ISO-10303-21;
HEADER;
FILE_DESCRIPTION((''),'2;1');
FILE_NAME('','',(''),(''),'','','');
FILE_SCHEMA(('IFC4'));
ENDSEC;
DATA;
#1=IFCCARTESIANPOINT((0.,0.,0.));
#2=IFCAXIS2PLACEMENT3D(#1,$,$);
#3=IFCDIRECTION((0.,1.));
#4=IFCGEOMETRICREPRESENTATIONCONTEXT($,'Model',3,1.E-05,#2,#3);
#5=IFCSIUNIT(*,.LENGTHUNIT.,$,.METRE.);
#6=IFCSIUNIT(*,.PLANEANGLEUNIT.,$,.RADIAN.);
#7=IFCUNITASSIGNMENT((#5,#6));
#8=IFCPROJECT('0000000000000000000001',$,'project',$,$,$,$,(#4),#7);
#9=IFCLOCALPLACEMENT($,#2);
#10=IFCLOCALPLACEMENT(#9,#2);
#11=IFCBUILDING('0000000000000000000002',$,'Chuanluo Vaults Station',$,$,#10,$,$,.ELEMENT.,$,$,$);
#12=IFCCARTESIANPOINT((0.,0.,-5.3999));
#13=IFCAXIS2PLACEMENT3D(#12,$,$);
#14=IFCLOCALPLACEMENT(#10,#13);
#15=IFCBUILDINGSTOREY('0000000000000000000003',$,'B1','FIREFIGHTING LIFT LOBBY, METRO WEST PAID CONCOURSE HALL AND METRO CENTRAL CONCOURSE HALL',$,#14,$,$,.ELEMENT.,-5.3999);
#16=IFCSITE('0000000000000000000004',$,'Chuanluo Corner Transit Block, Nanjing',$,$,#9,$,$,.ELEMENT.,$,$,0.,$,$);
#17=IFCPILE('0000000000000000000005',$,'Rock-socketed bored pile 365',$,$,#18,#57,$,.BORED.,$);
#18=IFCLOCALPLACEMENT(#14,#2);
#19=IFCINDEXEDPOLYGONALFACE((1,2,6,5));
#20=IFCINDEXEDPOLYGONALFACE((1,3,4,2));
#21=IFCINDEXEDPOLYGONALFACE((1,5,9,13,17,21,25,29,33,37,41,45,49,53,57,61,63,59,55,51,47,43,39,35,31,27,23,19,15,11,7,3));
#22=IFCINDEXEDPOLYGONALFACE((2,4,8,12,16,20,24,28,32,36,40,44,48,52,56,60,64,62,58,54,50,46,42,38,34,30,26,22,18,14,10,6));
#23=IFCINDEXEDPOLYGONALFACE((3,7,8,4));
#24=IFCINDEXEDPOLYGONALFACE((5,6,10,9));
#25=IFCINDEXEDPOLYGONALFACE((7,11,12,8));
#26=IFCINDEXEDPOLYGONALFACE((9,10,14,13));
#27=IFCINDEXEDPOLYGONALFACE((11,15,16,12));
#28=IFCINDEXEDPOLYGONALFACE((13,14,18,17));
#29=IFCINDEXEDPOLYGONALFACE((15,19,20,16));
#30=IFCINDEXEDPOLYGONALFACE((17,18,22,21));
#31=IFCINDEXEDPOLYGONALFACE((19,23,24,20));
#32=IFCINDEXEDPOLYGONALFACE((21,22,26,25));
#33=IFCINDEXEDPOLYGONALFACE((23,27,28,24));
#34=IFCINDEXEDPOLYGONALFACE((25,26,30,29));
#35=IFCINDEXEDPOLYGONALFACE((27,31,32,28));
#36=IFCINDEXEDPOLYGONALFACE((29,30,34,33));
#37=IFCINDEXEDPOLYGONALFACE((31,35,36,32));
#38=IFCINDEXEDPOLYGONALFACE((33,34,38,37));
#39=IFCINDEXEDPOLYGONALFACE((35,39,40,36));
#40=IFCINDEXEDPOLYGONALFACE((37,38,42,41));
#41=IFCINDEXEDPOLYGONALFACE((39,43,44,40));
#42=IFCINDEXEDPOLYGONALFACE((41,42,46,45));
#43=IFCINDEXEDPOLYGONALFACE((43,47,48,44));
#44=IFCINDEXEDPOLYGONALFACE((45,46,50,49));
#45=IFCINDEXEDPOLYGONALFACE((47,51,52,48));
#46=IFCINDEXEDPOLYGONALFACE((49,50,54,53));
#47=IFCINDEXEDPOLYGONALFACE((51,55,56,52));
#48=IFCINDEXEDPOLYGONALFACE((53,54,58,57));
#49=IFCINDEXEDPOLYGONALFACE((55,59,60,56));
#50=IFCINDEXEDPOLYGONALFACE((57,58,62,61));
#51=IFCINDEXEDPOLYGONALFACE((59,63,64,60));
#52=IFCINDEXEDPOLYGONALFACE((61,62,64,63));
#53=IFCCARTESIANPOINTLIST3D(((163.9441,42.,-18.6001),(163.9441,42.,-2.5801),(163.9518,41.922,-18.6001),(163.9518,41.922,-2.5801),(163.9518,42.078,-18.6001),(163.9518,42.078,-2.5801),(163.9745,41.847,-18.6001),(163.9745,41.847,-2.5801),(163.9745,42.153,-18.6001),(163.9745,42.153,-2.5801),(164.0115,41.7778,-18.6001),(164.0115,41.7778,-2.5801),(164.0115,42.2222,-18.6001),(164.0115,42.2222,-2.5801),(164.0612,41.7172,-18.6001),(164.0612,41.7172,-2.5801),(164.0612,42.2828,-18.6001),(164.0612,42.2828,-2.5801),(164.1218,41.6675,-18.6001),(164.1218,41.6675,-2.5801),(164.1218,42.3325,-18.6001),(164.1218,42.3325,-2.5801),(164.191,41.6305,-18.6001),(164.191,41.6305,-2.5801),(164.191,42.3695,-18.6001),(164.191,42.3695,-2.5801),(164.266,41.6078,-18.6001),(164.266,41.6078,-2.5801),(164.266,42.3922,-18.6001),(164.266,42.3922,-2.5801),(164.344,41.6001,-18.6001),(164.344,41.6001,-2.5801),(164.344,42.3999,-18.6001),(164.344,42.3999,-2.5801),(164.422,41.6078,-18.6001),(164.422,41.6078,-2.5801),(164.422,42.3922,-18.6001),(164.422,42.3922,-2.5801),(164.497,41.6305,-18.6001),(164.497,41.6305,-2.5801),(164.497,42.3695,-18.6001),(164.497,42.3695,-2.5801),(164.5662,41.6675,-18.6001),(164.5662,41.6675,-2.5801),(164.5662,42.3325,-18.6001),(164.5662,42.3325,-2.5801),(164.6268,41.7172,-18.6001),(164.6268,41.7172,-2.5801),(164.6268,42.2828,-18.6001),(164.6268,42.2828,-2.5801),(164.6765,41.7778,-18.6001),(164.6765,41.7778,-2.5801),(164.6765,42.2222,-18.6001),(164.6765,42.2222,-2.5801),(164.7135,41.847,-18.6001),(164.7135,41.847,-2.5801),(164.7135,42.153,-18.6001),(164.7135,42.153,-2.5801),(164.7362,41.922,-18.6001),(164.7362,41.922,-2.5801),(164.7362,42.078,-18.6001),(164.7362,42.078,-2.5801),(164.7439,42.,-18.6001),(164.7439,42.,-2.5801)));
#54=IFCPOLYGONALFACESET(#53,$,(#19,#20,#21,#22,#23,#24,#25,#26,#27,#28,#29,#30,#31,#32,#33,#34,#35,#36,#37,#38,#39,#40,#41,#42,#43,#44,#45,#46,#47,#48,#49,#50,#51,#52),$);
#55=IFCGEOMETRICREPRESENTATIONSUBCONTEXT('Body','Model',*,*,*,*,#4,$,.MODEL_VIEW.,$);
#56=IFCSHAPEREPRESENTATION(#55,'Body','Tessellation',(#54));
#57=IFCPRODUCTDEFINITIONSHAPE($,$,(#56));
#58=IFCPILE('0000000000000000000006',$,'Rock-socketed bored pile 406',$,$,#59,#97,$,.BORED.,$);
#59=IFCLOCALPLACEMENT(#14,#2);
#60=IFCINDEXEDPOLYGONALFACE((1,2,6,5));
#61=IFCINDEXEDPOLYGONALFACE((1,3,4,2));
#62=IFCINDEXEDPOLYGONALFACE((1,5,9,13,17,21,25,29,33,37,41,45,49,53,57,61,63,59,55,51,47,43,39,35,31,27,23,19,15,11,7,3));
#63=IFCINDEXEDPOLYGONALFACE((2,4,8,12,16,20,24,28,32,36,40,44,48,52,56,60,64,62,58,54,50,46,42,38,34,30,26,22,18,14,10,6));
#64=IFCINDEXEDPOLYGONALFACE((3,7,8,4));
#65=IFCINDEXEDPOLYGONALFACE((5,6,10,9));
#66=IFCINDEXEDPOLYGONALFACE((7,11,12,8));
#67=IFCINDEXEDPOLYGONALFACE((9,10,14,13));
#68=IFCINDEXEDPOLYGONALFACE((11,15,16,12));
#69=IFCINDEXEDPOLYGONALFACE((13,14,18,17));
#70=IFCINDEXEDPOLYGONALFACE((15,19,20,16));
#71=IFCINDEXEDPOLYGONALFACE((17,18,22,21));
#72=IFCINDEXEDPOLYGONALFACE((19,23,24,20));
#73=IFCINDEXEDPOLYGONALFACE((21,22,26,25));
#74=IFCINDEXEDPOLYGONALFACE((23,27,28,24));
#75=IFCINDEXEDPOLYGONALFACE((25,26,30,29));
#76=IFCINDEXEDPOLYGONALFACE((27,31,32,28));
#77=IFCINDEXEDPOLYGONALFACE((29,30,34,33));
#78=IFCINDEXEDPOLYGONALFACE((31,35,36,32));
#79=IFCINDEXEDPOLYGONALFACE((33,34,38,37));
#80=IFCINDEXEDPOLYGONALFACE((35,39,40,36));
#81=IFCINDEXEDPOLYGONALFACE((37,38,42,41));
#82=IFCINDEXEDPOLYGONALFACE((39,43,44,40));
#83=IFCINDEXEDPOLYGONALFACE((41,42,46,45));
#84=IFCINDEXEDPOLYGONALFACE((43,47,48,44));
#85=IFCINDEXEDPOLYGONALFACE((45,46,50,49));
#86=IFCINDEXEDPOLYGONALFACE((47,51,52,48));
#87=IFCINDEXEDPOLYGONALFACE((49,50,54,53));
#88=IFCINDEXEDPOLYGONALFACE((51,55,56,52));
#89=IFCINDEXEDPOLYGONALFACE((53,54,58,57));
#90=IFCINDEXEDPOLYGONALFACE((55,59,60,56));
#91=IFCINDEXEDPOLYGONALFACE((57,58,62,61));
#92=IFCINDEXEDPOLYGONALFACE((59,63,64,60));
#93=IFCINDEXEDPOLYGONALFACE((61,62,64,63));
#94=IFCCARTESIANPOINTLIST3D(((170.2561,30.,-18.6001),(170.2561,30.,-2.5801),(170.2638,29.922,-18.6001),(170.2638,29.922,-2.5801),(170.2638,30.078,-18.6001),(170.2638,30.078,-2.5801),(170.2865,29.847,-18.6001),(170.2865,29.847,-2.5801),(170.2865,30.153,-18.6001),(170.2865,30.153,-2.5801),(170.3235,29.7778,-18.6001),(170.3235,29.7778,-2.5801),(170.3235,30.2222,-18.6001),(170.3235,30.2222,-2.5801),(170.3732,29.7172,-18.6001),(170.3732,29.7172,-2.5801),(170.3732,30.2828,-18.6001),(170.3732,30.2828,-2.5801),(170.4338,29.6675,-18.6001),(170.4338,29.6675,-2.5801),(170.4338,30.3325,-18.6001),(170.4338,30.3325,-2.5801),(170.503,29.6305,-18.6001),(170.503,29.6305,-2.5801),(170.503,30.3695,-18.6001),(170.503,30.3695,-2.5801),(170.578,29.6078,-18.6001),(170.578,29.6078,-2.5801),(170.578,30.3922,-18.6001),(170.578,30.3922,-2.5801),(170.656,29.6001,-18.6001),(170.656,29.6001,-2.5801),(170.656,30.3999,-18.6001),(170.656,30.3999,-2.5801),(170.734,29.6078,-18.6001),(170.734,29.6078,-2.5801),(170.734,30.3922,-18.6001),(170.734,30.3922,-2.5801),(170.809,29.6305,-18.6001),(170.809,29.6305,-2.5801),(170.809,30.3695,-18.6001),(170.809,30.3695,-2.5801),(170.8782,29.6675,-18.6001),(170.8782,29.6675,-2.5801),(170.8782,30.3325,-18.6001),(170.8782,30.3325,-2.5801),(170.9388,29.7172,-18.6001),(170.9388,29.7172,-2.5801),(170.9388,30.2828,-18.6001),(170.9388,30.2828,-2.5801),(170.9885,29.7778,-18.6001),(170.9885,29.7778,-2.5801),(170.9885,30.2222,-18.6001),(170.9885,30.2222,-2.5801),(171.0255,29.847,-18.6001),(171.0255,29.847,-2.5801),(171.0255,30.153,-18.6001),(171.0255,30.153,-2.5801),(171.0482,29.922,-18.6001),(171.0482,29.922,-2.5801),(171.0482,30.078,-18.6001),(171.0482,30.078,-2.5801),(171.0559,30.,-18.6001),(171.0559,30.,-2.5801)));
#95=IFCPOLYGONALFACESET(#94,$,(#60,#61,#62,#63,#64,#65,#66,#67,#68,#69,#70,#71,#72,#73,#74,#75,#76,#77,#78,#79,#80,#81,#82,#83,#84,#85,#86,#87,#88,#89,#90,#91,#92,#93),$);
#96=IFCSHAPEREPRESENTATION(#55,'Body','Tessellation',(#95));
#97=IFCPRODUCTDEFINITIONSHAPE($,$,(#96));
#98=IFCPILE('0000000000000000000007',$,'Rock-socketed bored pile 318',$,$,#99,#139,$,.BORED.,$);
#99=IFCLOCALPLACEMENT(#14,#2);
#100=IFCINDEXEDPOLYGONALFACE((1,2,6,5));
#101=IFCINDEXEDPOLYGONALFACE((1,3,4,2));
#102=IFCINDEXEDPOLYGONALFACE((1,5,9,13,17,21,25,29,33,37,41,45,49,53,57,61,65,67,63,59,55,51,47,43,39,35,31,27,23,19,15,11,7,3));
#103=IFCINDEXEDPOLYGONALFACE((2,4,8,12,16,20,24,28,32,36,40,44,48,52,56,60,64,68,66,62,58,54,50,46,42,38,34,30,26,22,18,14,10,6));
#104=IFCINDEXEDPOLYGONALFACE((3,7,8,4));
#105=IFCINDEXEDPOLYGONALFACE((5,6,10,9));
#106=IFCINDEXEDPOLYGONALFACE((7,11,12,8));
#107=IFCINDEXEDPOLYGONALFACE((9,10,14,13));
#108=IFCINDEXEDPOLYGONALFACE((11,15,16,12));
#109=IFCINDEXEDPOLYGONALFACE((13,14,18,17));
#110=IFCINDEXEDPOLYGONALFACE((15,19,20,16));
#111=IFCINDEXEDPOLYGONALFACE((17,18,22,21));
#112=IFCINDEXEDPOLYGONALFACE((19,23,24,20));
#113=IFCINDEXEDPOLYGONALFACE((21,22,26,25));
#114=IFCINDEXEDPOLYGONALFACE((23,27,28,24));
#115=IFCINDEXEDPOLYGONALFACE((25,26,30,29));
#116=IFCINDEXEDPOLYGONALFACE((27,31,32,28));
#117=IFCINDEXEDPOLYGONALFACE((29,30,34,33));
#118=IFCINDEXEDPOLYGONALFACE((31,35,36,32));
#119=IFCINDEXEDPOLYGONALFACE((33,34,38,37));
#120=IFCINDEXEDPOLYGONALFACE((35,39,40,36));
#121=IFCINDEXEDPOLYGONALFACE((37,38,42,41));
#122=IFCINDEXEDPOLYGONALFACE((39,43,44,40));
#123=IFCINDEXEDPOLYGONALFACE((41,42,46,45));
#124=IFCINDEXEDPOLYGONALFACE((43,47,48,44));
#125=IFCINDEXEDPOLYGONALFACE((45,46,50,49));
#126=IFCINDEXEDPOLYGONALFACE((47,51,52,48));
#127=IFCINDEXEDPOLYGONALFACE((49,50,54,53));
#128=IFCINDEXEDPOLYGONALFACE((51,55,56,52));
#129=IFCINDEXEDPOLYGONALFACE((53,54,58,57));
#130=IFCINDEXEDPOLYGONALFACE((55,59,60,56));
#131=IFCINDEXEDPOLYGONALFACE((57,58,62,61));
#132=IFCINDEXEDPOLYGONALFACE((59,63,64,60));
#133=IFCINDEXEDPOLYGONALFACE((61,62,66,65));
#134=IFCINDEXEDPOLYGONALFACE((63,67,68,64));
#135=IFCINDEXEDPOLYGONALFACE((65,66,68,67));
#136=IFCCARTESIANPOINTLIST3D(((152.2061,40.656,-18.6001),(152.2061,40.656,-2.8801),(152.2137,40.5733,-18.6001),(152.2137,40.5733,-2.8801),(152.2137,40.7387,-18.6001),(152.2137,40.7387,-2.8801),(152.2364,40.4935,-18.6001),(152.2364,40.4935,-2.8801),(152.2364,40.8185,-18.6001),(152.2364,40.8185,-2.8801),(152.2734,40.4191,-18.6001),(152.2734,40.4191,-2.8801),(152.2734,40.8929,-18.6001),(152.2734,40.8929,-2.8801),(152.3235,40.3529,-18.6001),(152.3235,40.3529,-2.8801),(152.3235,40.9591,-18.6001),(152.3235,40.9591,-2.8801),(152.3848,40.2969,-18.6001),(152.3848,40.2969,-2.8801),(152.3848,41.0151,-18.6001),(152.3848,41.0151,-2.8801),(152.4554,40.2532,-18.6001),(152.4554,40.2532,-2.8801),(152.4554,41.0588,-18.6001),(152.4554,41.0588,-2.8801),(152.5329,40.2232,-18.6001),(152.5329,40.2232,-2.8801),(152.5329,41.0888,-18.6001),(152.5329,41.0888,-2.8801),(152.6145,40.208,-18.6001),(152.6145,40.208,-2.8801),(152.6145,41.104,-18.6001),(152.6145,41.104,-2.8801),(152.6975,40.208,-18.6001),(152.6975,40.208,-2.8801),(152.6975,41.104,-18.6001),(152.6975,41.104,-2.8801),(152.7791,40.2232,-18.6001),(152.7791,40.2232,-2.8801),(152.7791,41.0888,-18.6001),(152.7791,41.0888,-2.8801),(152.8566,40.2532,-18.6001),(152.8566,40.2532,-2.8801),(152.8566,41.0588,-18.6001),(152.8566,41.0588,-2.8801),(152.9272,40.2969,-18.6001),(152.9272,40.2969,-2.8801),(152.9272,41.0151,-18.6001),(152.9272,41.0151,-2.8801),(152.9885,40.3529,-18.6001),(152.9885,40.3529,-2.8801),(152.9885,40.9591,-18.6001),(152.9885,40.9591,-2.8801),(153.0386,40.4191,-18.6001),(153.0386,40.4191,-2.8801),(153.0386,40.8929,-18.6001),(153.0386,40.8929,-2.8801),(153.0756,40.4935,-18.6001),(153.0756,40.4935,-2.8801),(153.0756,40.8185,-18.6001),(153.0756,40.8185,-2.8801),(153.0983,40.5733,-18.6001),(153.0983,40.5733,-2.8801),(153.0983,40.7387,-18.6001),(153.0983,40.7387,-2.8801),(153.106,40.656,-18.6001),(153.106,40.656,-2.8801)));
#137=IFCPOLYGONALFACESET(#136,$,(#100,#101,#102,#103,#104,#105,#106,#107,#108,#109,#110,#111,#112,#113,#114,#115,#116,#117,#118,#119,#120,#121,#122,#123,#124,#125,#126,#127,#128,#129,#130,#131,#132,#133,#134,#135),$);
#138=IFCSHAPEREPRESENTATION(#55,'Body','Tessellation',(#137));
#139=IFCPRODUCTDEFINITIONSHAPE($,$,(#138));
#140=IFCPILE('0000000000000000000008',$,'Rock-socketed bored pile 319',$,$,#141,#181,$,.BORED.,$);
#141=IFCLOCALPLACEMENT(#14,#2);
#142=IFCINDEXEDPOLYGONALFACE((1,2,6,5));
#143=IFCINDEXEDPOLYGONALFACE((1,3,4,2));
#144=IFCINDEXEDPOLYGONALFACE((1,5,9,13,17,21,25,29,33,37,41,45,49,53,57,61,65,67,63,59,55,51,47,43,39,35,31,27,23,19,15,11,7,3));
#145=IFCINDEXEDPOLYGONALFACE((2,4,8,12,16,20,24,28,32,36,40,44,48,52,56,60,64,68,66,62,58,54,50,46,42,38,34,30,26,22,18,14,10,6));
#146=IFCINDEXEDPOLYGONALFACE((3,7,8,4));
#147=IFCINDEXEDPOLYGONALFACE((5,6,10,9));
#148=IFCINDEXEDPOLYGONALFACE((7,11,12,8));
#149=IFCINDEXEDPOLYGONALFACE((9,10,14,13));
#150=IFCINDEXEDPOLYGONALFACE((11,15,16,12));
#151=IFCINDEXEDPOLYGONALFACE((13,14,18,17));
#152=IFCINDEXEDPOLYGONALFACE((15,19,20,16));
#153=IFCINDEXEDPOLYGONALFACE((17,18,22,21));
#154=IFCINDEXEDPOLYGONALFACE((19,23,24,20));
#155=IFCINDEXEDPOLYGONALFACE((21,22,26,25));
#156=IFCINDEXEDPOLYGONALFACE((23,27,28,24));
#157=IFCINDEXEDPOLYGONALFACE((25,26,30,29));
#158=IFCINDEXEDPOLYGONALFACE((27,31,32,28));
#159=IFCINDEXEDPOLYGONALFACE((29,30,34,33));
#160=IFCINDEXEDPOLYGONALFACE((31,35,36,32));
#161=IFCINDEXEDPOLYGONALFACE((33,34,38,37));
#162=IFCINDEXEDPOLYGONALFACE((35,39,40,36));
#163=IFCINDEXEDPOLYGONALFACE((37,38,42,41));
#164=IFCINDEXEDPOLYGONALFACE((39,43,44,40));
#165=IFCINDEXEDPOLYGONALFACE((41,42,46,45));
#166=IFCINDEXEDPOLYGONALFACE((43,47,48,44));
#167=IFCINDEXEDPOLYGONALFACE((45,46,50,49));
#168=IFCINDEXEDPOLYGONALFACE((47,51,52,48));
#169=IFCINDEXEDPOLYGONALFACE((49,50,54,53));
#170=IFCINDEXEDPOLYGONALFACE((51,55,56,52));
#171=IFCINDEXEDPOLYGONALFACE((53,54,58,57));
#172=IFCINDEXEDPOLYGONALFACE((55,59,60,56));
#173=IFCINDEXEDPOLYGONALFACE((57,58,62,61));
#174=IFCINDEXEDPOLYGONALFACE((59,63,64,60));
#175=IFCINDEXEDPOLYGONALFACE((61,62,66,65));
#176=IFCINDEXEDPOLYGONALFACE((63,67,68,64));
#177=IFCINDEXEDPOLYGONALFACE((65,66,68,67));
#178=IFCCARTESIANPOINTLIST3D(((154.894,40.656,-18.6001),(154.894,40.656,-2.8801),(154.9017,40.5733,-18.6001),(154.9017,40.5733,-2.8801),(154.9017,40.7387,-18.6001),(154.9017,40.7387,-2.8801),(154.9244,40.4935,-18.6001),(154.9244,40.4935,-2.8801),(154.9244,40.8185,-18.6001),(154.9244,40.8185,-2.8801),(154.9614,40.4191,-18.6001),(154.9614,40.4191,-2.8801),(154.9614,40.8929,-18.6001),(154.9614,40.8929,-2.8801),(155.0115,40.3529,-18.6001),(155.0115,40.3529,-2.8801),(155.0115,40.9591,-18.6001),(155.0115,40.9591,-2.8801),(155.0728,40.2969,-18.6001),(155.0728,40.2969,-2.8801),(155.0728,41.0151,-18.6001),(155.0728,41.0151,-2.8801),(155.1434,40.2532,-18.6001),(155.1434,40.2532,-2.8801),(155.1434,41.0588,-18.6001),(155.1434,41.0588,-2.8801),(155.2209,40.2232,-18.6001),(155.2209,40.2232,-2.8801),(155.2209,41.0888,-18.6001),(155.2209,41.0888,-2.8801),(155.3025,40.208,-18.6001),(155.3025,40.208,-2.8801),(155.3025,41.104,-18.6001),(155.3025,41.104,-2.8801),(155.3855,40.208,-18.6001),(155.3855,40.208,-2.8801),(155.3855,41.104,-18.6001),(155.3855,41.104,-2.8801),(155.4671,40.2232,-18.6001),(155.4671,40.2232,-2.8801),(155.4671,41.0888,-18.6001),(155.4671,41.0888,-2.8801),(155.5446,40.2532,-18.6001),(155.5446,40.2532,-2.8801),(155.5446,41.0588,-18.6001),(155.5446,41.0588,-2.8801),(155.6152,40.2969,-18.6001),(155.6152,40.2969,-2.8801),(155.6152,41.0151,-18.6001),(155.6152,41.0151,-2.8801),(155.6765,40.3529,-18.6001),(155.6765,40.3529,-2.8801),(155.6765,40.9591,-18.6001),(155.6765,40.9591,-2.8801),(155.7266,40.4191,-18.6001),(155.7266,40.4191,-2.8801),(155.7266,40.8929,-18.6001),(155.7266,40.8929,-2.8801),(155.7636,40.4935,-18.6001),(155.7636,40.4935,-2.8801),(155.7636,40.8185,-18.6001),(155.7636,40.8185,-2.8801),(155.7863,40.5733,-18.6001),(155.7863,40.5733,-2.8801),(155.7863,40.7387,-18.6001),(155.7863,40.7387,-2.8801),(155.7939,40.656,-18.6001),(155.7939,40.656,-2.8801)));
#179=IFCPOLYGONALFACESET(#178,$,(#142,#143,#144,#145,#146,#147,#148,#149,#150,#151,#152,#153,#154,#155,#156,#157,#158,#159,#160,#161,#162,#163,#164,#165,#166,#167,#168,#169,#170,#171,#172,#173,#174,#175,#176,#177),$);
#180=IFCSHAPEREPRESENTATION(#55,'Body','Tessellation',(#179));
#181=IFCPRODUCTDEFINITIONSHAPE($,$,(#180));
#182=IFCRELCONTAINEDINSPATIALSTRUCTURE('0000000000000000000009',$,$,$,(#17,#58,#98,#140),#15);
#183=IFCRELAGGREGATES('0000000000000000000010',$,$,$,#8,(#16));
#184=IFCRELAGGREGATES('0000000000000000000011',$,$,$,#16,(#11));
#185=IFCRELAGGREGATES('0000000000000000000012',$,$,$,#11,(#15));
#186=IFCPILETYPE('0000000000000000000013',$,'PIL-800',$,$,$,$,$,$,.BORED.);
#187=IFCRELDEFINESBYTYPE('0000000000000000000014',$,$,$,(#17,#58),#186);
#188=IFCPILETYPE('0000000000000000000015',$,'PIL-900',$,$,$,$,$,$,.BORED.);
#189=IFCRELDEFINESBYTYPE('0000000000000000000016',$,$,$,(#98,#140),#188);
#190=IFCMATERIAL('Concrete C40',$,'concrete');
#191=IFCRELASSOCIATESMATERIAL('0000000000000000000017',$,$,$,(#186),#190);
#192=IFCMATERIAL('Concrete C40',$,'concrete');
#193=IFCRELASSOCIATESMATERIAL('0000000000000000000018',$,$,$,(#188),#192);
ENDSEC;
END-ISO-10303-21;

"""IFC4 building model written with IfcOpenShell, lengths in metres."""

from ifc_helpers import new_model, si_unit, direction, frame, origin, origin_2d, place, context, subcontext, project, spatial, circle, extrude, material, material_profile, profile_set, type_object, element, save


model = new_model("IFC4")

# Units and contexts
model_context = context("Model", 3, precision=1e-05, world=origin(), true_north=direction((0.0, 1.0)))
body_context = subcontext(model_context, "Body", "Model", "MODEL_VIEW")
ifc_project = project(units=[si_unit("LENGTHUNIT", "METRE"), si_unit("PLANEANGLEUNIT", "RADIAN")], contexts=[model_context])

# Site, building, storey
site_placement = place(None, origin())
site = spatial("IfcSite", under=ifc_project, at=site_placement, Name="Chuanluo Corner Transit Block, Nanjing", CompositionType="ELEMENT", RefElevation=0.0)
building_placement = place(site_placement, origin())
building = spatial("IfcBuilding", under=site, at=building_placement, Name="Chuanluo Vaults Station", CompositionType="ELEMENT")
storey_placement = place(building_placement, frame((0.0, 0.0, -5.3999)))
storey = spatial("IfcBuildingStorey", under=building, at=storey_placement, Name="B1", Description="FIREFIGHTING LIFT LOBBY, METRO WEST PAID CONCOURSE HALL AND METRO CENTRAL CONCOURSE HALL", CompositionType="ELEMENT", Elevation=-5.3999)

# Piles
ifc_material_1 = material(Name="Concrete C40", Category="concrete")
ifc_material_profile_1 = material_profile(ifc_material_1, circle(Radius=0.3999, at=origin_2d()))
ifc_profile_set_1 = profile_set([ifc_material_profile_1], Name="Concrete C40")
pile_type_1 = type_object("IfcPileType", Name="PIL-800", PredefinedType="BORED", material=ifc_profile_set_1)
for number, where, z_axis, x_axis, name in (
    (1, (164.344, 42.0, -2.5801), (0.0, 0.0, -1.0), (1.0, 0.0, 0.0), "Rock-socketed bored pile 365"),
    (2, (170.656, 30.0, -2.5801), (0.0, 0.0, -1.0), (1.0, 0.0, 0.0), "Rock-socketed bored pile 406"),
):
    element("IfcPile", number, at=place(storey_placement, frame(where, z_axis=z_axis, x_axis=x_axis)), inside=storey, type_object=pile_type_1, Name=name, PredefinedType="BORED", context=body_context, shape_type="SweptSolid", body=[
        extrude(circle(Radius=0.3999, at=origin_2d()), origin(), (0.0, 0.0, 1.0), 16.02),
    ])
ifc_material_2 = material(Name="Concrete C40", Category="concrete")
ifc_material_profile_2 = material_profile(ifc_material_2, circle(Radius=0.45, at=origin_2d()))
ifc_profile_set_2 = profile_set([ifc_material_profile_2], Name="Concrete C40")
pile_type_2 = type_object("IfcPileType", Name="PIL-900", PredefinedType="BORED", material=ifc_profile_set_2)
for number, where, z_axis, x_axis, name in (
    (3, (152.656, 40.656, -2.8801), (0.0, 0.0, -1.0), (1.0, 0.0, 0.0), "Rock-socketed bored pile 318"),
    (4, (155.344, 40.656, -2.8801), (0.0, 0.0, -1.0), (1.0, 0.0, 0.0), "Rock-socketed bored pile 319"),
):
    element("IfcPile", number, at=place(storey_placement, frame(where, z_axis=z_axis, x_axis=x_axis)), inside=storey, type_object=pile_type_2, Name=name, PredefinedType="BORED", context=body_context, shape_type="SweptSolid", body=[
        extrude(circle(Radius=0.45, at=origin_2d()), origin(), (0.0, 0.0, 1.0), 15.72),
    ])

save(model, "model.ifc")
